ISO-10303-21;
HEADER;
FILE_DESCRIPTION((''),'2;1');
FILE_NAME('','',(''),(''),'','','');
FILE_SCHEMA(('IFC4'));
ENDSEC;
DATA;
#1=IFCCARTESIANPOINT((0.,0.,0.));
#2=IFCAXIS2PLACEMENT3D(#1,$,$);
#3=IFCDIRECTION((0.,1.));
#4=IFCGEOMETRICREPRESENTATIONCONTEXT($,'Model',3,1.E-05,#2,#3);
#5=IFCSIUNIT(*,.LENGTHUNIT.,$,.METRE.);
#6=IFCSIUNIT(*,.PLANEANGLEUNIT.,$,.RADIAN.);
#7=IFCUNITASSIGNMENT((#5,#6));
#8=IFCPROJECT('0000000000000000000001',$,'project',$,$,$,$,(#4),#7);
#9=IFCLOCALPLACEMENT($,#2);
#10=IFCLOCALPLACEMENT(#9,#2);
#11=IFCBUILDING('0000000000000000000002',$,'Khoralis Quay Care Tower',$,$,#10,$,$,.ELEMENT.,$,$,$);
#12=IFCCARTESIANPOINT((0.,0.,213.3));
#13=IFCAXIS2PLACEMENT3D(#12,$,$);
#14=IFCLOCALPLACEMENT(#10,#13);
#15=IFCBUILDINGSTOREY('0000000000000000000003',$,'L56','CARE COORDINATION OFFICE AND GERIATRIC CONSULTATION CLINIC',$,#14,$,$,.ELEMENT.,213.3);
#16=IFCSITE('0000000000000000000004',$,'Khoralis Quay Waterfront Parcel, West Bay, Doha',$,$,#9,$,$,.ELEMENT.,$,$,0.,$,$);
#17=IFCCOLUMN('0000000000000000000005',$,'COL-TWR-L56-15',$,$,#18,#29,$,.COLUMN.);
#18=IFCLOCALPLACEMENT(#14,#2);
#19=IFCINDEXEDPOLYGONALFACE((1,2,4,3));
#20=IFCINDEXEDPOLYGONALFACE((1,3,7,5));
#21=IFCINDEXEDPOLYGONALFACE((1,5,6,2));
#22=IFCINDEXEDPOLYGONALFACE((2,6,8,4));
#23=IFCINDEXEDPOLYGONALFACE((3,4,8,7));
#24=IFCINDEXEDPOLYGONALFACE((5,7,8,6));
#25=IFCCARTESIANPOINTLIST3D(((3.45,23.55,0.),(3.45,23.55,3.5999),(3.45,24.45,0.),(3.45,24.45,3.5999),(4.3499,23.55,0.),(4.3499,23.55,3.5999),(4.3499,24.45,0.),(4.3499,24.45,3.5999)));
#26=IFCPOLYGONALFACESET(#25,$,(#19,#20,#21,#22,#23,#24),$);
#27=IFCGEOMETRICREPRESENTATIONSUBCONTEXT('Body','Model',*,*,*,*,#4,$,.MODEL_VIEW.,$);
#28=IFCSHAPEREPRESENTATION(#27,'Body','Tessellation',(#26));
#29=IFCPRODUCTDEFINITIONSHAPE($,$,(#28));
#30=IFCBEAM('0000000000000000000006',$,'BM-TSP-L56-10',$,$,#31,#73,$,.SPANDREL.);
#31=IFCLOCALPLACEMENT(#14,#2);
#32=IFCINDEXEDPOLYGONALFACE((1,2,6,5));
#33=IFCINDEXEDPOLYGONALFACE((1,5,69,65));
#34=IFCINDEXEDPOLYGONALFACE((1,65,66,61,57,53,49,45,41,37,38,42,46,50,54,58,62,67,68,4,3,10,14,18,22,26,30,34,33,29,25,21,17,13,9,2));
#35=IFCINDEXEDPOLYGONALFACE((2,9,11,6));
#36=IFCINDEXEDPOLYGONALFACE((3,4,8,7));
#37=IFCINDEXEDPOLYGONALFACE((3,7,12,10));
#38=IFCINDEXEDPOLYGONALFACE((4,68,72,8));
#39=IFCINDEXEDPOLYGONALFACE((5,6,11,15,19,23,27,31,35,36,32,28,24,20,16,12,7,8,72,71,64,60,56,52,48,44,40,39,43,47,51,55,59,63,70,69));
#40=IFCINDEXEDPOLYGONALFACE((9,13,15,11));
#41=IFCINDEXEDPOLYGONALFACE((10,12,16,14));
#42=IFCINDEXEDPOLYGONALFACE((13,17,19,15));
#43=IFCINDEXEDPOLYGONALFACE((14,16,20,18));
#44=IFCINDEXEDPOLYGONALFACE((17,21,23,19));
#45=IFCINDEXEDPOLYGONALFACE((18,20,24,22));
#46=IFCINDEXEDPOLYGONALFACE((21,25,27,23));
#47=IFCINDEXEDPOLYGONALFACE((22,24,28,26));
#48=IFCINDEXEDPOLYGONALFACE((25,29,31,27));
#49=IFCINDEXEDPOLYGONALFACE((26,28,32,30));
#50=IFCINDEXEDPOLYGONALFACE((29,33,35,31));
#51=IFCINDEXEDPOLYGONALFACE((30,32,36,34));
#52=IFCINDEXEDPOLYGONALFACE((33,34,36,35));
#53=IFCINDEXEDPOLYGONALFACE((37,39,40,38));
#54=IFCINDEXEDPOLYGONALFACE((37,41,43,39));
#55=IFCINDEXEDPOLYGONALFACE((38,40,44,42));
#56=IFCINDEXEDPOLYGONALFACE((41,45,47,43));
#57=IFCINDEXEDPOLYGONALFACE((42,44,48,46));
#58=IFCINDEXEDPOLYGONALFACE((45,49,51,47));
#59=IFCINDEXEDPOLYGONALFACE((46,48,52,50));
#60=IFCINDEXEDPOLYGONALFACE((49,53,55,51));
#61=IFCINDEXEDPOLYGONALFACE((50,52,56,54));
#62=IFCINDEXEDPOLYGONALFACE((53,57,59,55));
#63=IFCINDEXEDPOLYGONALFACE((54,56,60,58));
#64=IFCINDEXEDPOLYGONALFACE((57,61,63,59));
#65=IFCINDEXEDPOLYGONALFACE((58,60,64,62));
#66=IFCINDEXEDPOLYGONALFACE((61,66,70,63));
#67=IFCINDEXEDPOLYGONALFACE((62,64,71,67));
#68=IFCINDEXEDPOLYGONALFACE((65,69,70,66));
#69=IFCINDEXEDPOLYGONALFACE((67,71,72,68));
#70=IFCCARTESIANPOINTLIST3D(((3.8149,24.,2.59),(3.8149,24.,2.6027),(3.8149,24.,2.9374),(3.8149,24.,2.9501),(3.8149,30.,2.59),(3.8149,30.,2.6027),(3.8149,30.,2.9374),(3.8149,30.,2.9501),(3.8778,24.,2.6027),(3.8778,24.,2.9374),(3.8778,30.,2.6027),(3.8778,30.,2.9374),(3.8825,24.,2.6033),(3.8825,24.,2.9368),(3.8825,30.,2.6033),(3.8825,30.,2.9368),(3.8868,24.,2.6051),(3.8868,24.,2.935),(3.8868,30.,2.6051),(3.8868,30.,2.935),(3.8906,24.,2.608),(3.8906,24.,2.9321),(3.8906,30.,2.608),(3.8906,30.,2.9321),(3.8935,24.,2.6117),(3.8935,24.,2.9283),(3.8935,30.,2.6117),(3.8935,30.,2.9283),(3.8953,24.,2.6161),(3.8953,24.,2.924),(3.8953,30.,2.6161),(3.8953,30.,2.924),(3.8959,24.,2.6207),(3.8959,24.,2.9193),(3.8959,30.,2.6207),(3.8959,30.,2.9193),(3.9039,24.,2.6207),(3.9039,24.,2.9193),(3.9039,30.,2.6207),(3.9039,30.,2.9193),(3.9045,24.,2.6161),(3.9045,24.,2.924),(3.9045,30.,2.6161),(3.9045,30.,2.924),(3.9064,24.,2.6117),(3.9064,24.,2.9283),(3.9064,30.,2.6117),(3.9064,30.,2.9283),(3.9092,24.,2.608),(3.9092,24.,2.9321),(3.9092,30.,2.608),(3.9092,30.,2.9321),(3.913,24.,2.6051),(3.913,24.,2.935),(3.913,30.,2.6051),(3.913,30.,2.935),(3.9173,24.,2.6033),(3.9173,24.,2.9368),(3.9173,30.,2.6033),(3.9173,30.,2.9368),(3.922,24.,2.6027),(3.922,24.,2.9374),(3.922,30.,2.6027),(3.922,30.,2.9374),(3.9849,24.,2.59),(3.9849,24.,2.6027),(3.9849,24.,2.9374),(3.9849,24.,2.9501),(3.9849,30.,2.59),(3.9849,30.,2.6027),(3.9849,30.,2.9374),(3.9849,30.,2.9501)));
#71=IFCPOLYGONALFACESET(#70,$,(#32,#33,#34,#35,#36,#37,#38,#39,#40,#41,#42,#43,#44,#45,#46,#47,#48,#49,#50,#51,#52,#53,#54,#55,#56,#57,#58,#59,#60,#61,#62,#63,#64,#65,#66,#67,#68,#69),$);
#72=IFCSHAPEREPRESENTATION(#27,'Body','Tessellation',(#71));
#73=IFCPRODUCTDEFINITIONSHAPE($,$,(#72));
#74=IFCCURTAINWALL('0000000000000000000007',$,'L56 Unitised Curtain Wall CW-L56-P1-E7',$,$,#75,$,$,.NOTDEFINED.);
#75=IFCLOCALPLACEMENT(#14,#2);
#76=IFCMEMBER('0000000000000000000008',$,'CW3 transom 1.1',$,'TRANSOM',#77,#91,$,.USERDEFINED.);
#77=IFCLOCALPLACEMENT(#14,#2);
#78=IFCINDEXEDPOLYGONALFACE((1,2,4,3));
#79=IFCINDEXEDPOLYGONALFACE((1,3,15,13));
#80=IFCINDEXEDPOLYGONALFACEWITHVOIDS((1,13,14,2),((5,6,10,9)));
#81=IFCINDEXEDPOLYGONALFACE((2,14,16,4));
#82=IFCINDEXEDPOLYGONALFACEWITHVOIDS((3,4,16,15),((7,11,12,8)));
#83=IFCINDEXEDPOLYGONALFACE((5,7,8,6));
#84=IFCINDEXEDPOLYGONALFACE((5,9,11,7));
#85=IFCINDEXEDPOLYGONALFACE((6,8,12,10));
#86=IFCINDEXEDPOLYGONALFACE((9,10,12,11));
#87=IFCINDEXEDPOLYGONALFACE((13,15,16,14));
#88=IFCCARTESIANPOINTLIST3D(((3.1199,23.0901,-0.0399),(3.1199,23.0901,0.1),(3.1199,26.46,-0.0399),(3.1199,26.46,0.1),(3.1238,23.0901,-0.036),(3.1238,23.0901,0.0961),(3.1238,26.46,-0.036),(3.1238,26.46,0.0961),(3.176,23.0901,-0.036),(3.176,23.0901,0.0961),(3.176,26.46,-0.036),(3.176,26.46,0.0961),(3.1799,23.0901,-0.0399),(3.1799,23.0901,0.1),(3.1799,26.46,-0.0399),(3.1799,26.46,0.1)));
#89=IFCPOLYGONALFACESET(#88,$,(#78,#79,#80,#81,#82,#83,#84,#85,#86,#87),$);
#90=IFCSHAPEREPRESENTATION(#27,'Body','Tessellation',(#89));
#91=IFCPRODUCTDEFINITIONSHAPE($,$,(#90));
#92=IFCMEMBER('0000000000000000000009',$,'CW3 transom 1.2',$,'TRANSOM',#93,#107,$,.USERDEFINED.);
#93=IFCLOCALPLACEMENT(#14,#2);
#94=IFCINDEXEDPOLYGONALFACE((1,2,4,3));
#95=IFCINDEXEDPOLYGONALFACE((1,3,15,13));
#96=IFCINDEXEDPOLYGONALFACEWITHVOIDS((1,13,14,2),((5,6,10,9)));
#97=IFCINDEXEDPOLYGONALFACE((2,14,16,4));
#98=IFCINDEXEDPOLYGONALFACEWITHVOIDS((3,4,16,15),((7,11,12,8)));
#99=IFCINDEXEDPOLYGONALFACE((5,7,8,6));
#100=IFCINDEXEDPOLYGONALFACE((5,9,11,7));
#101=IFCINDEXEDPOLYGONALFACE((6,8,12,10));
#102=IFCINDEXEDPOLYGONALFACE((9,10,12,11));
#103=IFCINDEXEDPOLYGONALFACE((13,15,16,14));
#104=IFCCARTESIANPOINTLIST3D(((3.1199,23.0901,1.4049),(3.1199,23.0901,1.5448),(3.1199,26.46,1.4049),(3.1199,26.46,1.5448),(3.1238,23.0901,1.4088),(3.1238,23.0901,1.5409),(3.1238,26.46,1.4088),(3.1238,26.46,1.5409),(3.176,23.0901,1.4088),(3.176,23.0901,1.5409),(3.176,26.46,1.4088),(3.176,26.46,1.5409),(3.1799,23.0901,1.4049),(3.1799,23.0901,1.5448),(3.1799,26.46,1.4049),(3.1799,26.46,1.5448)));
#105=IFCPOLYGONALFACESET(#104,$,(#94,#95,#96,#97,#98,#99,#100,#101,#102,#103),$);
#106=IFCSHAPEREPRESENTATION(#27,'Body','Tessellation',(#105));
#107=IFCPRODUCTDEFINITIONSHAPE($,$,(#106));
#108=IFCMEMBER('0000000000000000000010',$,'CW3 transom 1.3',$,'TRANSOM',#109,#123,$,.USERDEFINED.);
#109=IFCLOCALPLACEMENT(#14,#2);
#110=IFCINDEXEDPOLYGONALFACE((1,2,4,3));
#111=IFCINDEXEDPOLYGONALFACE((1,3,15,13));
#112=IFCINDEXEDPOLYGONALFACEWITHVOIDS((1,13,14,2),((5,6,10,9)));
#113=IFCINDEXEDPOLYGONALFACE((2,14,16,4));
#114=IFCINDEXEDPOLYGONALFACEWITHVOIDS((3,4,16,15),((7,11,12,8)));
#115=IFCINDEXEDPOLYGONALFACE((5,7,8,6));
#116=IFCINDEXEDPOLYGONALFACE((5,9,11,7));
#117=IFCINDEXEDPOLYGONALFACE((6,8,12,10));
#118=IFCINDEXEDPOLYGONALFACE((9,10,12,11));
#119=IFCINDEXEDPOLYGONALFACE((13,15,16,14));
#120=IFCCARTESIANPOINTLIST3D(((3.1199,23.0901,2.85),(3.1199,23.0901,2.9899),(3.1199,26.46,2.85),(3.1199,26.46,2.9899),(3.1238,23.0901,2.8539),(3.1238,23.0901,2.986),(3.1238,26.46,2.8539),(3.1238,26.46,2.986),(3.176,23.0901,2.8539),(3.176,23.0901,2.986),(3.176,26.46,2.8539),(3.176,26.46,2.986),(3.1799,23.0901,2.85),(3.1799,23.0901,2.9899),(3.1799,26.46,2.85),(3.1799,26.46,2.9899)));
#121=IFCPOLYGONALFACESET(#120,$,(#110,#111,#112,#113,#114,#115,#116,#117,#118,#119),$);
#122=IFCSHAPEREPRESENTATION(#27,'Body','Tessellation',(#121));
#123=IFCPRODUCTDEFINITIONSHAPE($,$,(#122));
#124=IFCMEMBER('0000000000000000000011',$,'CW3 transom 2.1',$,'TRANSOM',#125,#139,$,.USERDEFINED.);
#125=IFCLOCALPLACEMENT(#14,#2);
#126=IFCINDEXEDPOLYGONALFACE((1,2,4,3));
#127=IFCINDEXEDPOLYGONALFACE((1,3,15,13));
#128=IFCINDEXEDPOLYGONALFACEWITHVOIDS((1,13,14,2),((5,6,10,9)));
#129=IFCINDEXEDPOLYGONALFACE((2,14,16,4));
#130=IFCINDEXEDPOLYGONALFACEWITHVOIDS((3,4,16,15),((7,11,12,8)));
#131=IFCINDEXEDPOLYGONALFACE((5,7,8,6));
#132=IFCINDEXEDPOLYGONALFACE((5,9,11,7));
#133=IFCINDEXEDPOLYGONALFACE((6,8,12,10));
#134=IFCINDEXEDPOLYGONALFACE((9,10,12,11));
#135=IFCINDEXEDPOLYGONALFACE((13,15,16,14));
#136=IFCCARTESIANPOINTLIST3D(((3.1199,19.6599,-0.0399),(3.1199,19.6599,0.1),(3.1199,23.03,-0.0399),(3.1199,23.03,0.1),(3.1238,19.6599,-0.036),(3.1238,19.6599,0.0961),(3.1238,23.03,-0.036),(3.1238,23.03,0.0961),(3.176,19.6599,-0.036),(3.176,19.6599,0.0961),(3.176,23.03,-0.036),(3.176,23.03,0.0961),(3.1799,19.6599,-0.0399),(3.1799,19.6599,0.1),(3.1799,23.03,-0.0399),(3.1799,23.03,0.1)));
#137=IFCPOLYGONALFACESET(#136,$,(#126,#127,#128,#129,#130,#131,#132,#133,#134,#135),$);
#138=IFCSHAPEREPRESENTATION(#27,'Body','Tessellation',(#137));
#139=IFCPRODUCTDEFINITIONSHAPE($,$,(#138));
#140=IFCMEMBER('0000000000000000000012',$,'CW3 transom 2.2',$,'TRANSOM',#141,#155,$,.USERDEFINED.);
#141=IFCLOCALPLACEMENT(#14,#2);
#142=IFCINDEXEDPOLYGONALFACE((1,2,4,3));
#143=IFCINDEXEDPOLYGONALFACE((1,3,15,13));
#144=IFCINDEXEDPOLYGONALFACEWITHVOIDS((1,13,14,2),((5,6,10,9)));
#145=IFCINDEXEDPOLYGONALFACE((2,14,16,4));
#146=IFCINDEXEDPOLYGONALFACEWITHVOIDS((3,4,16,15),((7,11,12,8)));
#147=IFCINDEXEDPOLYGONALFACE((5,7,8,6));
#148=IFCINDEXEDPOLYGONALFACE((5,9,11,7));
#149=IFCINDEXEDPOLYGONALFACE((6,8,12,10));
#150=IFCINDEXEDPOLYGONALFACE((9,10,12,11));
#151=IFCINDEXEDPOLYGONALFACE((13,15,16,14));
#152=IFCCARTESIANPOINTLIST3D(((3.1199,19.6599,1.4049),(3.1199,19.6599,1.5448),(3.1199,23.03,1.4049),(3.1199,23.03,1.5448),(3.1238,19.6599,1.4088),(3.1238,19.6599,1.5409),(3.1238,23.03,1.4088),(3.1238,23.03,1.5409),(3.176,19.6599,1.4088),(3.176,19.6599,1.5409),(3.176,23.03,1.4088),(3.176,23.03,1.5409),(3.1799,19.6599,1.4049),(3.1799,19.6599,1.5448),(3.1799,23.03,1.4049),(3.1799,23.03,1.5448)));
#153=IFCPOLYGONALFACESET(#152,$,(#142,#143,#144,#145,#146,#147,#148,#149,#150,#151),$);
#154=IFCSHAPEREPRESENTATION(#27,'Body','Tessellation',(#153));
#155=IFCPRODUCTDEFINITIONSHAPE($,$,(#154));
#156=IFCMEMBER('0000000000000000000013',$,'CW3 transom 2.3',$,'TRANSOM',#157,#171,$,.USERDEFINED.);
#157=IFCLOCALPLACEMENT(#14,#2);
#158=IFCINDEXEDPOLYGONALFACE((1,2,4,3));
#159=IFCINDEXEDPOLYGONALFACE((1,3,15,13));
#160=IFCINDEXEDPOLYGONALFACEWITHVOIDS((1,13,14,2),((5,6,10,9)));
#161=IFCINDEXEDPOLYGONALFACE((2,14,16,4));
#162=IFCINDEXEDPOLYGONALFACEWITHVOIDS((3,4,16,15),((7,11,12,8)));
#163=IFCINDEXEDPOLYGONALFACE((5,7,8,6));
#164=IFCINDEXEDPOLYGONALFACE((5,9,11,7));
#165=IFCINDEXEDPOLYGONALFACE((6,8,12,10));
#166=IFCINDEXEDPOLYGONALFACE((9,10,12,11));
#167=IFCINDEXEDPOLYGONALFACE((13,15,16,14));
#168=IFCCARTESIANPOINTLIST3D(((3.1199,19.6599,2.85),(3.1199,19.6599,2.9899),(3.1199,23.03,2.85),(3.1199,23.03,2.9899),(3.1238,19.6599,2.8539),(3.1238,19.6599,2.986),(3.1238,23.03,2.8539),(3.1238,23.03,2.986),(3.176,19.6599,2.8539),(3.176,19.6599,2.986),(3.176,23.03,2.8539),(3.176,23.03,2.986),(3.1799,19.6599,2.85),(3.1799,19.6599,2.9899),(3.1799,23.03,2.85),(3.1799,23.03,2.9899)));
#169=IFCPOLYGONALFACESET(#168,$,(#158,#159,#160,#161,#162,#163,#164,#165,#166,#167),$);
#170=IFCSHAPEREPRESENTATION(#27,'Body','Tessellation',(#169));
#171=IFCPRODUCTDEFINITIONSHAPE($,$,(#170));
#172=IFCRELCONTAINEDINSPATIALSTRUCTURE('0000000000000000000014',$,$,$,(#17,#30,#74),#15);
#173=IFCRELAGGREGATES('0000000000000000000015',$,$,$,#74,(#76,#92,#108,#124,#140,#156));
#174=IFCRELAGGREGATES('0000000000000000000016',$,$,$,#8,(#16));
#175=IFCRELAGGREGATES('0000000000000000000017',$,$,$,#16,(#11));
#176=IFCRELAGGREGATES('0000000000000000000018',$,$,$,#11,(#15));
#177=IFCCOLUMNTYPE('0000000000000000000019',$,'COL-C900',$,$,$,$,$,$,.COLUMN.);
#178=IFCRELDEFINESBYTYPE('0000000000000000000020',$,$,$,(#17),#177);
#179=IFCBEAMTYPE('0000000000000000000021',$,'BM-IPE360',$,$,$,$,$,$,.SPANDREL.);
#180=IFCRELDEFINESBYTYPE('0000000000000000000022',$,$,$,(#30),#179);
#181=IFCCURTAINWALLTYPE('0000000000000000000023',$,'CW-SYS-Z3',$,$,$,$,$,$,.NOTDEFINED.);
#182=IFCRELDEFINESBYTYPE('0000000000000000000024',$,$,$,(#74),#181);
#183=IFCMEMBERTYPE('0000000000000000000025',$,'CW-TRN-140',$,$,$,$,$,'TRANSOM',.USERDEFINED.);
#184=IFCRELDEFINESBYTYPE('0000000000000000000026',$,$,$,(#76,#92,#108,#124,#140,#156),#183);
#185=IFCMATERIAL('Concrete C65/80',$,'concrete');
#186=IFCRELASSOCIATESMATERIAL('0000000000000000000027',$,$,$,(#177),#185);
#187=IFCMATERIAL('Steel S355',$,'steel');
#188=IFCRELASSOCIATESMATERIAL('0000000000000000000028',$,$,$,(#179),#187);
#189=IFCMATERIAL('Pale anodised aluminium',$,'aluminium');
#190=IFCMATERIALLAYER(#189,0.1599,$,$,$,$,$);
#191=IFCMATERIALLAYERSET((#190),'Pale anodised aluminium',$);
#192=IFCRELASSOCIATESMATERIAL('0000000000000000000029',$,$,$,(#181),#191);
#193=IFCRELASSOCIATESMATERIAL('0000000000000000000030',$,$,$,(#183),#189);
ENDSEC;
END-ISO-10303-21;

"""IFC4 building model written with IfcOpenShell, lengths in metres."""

from ifc_helpers import new_model, si_unit, direction, frame, origin, origin_2d, place, context, subcontext, project, spatial, rectangle, hollow_rectangle, i_section, extrude, source, transform, mapped, material, layer, layer_set, material_profile, profile_set, type_object, element, aggregate, save


model = new_model("IFC4")

# Units and contexts
model_context = context("Model", 3, precision=1e-05, world=origin(), true_north=direction((0.0, 1.0)))
body_context = subcontext(model_context, "Body", "Model", "MODEL_VIEW")
ifc_project = project(units=[si_unit("LENGTHUNIT", "METRE"), si_unit("PLANEANGLEUNIT", "RADIAN")], contexts=[model_context])

# Site, building, storey
site_placement = place(None, origin())
site = spatial("IfcSite", under=ifc_project, at=site_placement, Name="Khoralis Quay Waterfront Parcel, West Bay, Doha", CompositionType="ELEMENT", RefElevation=0.0)
building_placement = place(site_placement, origin())
building = spatial("IfcBuilding", under=site, at=building_placement, Name="Khoralis Quay Care Tower", CompositionType="ELEMENT")
storey_placement = place(building_placement, frame((0.0, 0.0, 213.3)))
storey = spatial("IfcBuildingStorey", under=building, at=storey_placement, Name="L56", Description="CARE COORDINATION OFFICE AND GERIATRIC CONSULTATION CLINIC", CompositionType="ELEMENT", Elevation=213.3)

# Column
ifc_material_1 = material(Name="Concrete C65/80", Category="concrete")
ifc_material_profile_1 = material_profile(ifc_material_1, rectangle(XDim=0.8999, YDim=0.8999, at=origin_2d()), Name="Concrete C65/80")
ifc_profile_set_1 = profile_set([ifc_material_profile_1], Name="Concrete C65/80")
column_type = type_object("IfcColumnType", Name="COL-C900", PredefinedType="COLUMN", material=ifc_profile_set_1)
shared_shape_1 = source(origin(), body_context, "Body", "SweptSolid", [
    extrude(rectangle(XDim=0.8999, YDim=0.8999, at=origin_2d()), origin(), (0.0, 0.0, 1.0), 3.5999),
])
column_placement = place(storey_placement, frame((3.8999, 24.0, 0.0), z_axis=(0.0, 0.0, 1.0), x_axis=(1.0, 0.0, 0.0)))
element("IfcColumn", 1, at=column_placement, inside=storey, type_object=column_type, Name="COL-TWR-L56-15", PredefinedType="COLUMN", context=body_context, shape_type="MappedRepresentation", body=[
    mapped(shared_shape_1, transform((0.0, 0.0, 0.0), scale=1.0)),
])

# Beam
ifc_material_2 = material(Name="Steel S355", Category="steel")
ifc_material_profile_2 = material_profile(ifc_material_2, i_section(OverallWidth=0.1699, OverallDepth=0.3601, WebThickness=0.0081, FlangeThickness=0.0127, FilletRadius=0.0181, at=origin_2d()), Name="Steel S355")
ifc_profile_set_2 = profile_set([ifc_material_profile_2], Name="Steel S355")
beam_type = type_object("IfcBeamType", Name="BM-IPE360", PredefinedType="SPANDREL", material=ifc_profile_set_2)
shared_shape_2 = source(origin(), body_context, "Body", "SweptSolid", [
    extrude(i_section(OverallWidth=0.1699, OverallDepth=0.3601, WebThickness=0.0081, FlangeThickness=0.0127, FilletRadius=0.0181, at=origin_2d()), origin(), (0.0, 0.0, 1.0), 6.0),
])
beam_placement = place(storey_placement, frame((3.8999, 24.0, 2.77), z_axis=(0.0, 1.0, 0.0), x_axis=(-1.0, 0.0, 0.0)))
element("IfcBeam", 2, at=beam_placement, inside=storey, type_object=beam_type, Name="BM-TSP-L56-10", PredefinedType="SPANDREL", context=body_context, shape_type="MappedRepresentation", body=[
    mapped(shared_shape_2, transform((0.0, 0.0, 0.0), scale=1.0)),
])

# Curtain wall, members
ifc_material_3 = material(Name="Pale anodised aluminium", Category="aluminium")
ifc_layer_1 = layer(ifc_material_3, 0.1599)
ifc_layer_set_1 = layer_set([ifc_layer_1], Name="Pale anodised aluminium")
curtain_wall_type = type_object("IfcCurtainWallType", Name="CW-SYS-Z3", PredefinedType="NOTDEFINED", material=ifc_layer_set_1)
curtain_wall_placement = place(storey_placement, origin())
curtain_wall = element("IfcCurtainWall", 3, at=curtain_wall_placement, inside=storey, type_object=curtain_wall_type, Name="L56 Unitised Curtain Wall CW-L56-P1-E7", PredefinedType="NOTDEFINED")
ifc_material_profile_3 = material_profile(ifc_material_3, hollow_rectangle(XDim=0.0601, YDim=0.1399, WallThickness=0.0039, at=origin_2d()), Name="Pale anodised aluminium")
ifc_profile_set_3 = profile_set([ifc_material_profile_3], Name="Pale anodised aluminium")
member_type_1 = type_object("IfcMemberType", Name="CW-TRN-140", ElementType="TRANSOM", PredefinedType="USERDEFINED", material=ifc_profile_set_3)
shared_shape_3 = source(origin(), body_context, "Body", "SweptSolid", [
    extrude(hollow_rectangle(XDim=0.0601, YDim=0.1399, WallThickness=0.0039, at=origin_2d()), origin(), (0.0, 0.0, 1.0), 3.3699),
])
member_1_placement = place(storey_placement, frame((3.1499, 26.46, 0.03), z_axis=(0.0, -1.0, 0.0), x_axis=(1.0, 0.0, 0.0)))
member_1 = element("IfcMember", 4, at=member_1_placement, type_object=member_type_1, Name="CW3 transom 1.1", ObjectType="TRANSOM", PredefinedType="USERDEFINED", context=body_context, shape_type="MappedRepresentation", body=[
    mapped(shared_shape_3, transform((0.0, 0.0, 0.0), scale=1.0)),
])
member_2_placement = place(storey_placement, frame((3.1499, 26.46, 1.4749), z_axis=(0.0, -1.0, 0.0), x_axis=(1.0, 0.0, 0.0)))
member_2 = element("IfcMember", 5, at=member_2_placement, type_object=member_type_1, Name="CW3 transom 1.2", ObjectType="TRANSOM", PredefinedType="USERDEFINED", context=body_context, shape_type="MappedRepresentation", body=[
    mapped(shared_shape_3, transform((0.0, 0.0, 0.0), scale=1.0)),
])
member_3_placement = place(storey_placement, frame((3.1499, 26.46, 2.9199), z_axis=(0.0, -1.0, 0.0), x_axis=(1.0, 0.0, 0.0)))
member_3 = element("IfcMember", 6, at=member_3_placement, type_object=member_type_1, Name="CW3 transom 1.3", ObjectType="TRANSOM", PredefinedType="USERDEFINED", context=body_context, shape_type="MappedRepresentation", body=[
    mapped(shared_shape_3, transform((0.0, 0.0, 0.0), scale=1.0)),
])
shared_shape_4 = source(origin(), body_context, "Body", "SweptSolid", [
    extrude(hollow_rectangle(XDim=0.0601, YDim=0.1399, WallThickness=0.0039, at=origin_2d()), origin(), (0.0, 0.0, 1.0), 3.3701),
])
member_4_placement = place(storey_placement, frame((3.1499, 23.03, 0.03), z_axis=(0.0, -1.0, 0.0), x_axis=(1.0, 0.0, 0.0)))
member_4 = element("IfcMember", 7, at=member_4_placement, type_object=member_type_1, Name="CW3 transom 2.1", ObjectType="TRANSOM", PredefinedType="USERDEFINED", context=body_context, shape_type="MappedRepresentation", body=[
    mapped(shared_shape_4, transform((0.0, 0.0, 0.0), scale=1.0)),
])
member_5_placement = place(storey_placement, frame((3.1499, 23.03, 1.4749), z_axis=(0.0, -1.0, 0.0), x_axis=(1.0, 0.0, 0.0)))
member_5 = element("IfcMember", 8, at=member_5_placement, type_object=member_type_1, Name="CW3 transom 2.2", ObjectType="TRANSOM", PredefinedType="USERDEFINED", context=body_context, shape_type="MappedRepresentation", body=[
    mapped(shared_shape_4, transform((0.0, 0.0, 0.0), scale=1.0)),
])
member_6_placement = place(storey_placement, frame((3.1499, 23.03, 2.9199), z_axis=(0.0, -1.0, 0.0), x_axis=(1.0, 0.0, 0.0)))
member_6 = element("IfcMember", 9, at=member_6_placement, type_object=member_type_1, Name="CW3 transom 2.3", ObjectType="TRANSOM", PredefinedType="USERDEFINED", context=body_context, shape_type="MappedRepresentation", body=[
    mapped(shared_shape_4, transform((0.0, 0.0, 0.0), scale=1.0)),
])
aggregate(curtain_wall, [member_1, member_2, member_3, member_4, member_5, member_6])

save(model, "model.ifc")
